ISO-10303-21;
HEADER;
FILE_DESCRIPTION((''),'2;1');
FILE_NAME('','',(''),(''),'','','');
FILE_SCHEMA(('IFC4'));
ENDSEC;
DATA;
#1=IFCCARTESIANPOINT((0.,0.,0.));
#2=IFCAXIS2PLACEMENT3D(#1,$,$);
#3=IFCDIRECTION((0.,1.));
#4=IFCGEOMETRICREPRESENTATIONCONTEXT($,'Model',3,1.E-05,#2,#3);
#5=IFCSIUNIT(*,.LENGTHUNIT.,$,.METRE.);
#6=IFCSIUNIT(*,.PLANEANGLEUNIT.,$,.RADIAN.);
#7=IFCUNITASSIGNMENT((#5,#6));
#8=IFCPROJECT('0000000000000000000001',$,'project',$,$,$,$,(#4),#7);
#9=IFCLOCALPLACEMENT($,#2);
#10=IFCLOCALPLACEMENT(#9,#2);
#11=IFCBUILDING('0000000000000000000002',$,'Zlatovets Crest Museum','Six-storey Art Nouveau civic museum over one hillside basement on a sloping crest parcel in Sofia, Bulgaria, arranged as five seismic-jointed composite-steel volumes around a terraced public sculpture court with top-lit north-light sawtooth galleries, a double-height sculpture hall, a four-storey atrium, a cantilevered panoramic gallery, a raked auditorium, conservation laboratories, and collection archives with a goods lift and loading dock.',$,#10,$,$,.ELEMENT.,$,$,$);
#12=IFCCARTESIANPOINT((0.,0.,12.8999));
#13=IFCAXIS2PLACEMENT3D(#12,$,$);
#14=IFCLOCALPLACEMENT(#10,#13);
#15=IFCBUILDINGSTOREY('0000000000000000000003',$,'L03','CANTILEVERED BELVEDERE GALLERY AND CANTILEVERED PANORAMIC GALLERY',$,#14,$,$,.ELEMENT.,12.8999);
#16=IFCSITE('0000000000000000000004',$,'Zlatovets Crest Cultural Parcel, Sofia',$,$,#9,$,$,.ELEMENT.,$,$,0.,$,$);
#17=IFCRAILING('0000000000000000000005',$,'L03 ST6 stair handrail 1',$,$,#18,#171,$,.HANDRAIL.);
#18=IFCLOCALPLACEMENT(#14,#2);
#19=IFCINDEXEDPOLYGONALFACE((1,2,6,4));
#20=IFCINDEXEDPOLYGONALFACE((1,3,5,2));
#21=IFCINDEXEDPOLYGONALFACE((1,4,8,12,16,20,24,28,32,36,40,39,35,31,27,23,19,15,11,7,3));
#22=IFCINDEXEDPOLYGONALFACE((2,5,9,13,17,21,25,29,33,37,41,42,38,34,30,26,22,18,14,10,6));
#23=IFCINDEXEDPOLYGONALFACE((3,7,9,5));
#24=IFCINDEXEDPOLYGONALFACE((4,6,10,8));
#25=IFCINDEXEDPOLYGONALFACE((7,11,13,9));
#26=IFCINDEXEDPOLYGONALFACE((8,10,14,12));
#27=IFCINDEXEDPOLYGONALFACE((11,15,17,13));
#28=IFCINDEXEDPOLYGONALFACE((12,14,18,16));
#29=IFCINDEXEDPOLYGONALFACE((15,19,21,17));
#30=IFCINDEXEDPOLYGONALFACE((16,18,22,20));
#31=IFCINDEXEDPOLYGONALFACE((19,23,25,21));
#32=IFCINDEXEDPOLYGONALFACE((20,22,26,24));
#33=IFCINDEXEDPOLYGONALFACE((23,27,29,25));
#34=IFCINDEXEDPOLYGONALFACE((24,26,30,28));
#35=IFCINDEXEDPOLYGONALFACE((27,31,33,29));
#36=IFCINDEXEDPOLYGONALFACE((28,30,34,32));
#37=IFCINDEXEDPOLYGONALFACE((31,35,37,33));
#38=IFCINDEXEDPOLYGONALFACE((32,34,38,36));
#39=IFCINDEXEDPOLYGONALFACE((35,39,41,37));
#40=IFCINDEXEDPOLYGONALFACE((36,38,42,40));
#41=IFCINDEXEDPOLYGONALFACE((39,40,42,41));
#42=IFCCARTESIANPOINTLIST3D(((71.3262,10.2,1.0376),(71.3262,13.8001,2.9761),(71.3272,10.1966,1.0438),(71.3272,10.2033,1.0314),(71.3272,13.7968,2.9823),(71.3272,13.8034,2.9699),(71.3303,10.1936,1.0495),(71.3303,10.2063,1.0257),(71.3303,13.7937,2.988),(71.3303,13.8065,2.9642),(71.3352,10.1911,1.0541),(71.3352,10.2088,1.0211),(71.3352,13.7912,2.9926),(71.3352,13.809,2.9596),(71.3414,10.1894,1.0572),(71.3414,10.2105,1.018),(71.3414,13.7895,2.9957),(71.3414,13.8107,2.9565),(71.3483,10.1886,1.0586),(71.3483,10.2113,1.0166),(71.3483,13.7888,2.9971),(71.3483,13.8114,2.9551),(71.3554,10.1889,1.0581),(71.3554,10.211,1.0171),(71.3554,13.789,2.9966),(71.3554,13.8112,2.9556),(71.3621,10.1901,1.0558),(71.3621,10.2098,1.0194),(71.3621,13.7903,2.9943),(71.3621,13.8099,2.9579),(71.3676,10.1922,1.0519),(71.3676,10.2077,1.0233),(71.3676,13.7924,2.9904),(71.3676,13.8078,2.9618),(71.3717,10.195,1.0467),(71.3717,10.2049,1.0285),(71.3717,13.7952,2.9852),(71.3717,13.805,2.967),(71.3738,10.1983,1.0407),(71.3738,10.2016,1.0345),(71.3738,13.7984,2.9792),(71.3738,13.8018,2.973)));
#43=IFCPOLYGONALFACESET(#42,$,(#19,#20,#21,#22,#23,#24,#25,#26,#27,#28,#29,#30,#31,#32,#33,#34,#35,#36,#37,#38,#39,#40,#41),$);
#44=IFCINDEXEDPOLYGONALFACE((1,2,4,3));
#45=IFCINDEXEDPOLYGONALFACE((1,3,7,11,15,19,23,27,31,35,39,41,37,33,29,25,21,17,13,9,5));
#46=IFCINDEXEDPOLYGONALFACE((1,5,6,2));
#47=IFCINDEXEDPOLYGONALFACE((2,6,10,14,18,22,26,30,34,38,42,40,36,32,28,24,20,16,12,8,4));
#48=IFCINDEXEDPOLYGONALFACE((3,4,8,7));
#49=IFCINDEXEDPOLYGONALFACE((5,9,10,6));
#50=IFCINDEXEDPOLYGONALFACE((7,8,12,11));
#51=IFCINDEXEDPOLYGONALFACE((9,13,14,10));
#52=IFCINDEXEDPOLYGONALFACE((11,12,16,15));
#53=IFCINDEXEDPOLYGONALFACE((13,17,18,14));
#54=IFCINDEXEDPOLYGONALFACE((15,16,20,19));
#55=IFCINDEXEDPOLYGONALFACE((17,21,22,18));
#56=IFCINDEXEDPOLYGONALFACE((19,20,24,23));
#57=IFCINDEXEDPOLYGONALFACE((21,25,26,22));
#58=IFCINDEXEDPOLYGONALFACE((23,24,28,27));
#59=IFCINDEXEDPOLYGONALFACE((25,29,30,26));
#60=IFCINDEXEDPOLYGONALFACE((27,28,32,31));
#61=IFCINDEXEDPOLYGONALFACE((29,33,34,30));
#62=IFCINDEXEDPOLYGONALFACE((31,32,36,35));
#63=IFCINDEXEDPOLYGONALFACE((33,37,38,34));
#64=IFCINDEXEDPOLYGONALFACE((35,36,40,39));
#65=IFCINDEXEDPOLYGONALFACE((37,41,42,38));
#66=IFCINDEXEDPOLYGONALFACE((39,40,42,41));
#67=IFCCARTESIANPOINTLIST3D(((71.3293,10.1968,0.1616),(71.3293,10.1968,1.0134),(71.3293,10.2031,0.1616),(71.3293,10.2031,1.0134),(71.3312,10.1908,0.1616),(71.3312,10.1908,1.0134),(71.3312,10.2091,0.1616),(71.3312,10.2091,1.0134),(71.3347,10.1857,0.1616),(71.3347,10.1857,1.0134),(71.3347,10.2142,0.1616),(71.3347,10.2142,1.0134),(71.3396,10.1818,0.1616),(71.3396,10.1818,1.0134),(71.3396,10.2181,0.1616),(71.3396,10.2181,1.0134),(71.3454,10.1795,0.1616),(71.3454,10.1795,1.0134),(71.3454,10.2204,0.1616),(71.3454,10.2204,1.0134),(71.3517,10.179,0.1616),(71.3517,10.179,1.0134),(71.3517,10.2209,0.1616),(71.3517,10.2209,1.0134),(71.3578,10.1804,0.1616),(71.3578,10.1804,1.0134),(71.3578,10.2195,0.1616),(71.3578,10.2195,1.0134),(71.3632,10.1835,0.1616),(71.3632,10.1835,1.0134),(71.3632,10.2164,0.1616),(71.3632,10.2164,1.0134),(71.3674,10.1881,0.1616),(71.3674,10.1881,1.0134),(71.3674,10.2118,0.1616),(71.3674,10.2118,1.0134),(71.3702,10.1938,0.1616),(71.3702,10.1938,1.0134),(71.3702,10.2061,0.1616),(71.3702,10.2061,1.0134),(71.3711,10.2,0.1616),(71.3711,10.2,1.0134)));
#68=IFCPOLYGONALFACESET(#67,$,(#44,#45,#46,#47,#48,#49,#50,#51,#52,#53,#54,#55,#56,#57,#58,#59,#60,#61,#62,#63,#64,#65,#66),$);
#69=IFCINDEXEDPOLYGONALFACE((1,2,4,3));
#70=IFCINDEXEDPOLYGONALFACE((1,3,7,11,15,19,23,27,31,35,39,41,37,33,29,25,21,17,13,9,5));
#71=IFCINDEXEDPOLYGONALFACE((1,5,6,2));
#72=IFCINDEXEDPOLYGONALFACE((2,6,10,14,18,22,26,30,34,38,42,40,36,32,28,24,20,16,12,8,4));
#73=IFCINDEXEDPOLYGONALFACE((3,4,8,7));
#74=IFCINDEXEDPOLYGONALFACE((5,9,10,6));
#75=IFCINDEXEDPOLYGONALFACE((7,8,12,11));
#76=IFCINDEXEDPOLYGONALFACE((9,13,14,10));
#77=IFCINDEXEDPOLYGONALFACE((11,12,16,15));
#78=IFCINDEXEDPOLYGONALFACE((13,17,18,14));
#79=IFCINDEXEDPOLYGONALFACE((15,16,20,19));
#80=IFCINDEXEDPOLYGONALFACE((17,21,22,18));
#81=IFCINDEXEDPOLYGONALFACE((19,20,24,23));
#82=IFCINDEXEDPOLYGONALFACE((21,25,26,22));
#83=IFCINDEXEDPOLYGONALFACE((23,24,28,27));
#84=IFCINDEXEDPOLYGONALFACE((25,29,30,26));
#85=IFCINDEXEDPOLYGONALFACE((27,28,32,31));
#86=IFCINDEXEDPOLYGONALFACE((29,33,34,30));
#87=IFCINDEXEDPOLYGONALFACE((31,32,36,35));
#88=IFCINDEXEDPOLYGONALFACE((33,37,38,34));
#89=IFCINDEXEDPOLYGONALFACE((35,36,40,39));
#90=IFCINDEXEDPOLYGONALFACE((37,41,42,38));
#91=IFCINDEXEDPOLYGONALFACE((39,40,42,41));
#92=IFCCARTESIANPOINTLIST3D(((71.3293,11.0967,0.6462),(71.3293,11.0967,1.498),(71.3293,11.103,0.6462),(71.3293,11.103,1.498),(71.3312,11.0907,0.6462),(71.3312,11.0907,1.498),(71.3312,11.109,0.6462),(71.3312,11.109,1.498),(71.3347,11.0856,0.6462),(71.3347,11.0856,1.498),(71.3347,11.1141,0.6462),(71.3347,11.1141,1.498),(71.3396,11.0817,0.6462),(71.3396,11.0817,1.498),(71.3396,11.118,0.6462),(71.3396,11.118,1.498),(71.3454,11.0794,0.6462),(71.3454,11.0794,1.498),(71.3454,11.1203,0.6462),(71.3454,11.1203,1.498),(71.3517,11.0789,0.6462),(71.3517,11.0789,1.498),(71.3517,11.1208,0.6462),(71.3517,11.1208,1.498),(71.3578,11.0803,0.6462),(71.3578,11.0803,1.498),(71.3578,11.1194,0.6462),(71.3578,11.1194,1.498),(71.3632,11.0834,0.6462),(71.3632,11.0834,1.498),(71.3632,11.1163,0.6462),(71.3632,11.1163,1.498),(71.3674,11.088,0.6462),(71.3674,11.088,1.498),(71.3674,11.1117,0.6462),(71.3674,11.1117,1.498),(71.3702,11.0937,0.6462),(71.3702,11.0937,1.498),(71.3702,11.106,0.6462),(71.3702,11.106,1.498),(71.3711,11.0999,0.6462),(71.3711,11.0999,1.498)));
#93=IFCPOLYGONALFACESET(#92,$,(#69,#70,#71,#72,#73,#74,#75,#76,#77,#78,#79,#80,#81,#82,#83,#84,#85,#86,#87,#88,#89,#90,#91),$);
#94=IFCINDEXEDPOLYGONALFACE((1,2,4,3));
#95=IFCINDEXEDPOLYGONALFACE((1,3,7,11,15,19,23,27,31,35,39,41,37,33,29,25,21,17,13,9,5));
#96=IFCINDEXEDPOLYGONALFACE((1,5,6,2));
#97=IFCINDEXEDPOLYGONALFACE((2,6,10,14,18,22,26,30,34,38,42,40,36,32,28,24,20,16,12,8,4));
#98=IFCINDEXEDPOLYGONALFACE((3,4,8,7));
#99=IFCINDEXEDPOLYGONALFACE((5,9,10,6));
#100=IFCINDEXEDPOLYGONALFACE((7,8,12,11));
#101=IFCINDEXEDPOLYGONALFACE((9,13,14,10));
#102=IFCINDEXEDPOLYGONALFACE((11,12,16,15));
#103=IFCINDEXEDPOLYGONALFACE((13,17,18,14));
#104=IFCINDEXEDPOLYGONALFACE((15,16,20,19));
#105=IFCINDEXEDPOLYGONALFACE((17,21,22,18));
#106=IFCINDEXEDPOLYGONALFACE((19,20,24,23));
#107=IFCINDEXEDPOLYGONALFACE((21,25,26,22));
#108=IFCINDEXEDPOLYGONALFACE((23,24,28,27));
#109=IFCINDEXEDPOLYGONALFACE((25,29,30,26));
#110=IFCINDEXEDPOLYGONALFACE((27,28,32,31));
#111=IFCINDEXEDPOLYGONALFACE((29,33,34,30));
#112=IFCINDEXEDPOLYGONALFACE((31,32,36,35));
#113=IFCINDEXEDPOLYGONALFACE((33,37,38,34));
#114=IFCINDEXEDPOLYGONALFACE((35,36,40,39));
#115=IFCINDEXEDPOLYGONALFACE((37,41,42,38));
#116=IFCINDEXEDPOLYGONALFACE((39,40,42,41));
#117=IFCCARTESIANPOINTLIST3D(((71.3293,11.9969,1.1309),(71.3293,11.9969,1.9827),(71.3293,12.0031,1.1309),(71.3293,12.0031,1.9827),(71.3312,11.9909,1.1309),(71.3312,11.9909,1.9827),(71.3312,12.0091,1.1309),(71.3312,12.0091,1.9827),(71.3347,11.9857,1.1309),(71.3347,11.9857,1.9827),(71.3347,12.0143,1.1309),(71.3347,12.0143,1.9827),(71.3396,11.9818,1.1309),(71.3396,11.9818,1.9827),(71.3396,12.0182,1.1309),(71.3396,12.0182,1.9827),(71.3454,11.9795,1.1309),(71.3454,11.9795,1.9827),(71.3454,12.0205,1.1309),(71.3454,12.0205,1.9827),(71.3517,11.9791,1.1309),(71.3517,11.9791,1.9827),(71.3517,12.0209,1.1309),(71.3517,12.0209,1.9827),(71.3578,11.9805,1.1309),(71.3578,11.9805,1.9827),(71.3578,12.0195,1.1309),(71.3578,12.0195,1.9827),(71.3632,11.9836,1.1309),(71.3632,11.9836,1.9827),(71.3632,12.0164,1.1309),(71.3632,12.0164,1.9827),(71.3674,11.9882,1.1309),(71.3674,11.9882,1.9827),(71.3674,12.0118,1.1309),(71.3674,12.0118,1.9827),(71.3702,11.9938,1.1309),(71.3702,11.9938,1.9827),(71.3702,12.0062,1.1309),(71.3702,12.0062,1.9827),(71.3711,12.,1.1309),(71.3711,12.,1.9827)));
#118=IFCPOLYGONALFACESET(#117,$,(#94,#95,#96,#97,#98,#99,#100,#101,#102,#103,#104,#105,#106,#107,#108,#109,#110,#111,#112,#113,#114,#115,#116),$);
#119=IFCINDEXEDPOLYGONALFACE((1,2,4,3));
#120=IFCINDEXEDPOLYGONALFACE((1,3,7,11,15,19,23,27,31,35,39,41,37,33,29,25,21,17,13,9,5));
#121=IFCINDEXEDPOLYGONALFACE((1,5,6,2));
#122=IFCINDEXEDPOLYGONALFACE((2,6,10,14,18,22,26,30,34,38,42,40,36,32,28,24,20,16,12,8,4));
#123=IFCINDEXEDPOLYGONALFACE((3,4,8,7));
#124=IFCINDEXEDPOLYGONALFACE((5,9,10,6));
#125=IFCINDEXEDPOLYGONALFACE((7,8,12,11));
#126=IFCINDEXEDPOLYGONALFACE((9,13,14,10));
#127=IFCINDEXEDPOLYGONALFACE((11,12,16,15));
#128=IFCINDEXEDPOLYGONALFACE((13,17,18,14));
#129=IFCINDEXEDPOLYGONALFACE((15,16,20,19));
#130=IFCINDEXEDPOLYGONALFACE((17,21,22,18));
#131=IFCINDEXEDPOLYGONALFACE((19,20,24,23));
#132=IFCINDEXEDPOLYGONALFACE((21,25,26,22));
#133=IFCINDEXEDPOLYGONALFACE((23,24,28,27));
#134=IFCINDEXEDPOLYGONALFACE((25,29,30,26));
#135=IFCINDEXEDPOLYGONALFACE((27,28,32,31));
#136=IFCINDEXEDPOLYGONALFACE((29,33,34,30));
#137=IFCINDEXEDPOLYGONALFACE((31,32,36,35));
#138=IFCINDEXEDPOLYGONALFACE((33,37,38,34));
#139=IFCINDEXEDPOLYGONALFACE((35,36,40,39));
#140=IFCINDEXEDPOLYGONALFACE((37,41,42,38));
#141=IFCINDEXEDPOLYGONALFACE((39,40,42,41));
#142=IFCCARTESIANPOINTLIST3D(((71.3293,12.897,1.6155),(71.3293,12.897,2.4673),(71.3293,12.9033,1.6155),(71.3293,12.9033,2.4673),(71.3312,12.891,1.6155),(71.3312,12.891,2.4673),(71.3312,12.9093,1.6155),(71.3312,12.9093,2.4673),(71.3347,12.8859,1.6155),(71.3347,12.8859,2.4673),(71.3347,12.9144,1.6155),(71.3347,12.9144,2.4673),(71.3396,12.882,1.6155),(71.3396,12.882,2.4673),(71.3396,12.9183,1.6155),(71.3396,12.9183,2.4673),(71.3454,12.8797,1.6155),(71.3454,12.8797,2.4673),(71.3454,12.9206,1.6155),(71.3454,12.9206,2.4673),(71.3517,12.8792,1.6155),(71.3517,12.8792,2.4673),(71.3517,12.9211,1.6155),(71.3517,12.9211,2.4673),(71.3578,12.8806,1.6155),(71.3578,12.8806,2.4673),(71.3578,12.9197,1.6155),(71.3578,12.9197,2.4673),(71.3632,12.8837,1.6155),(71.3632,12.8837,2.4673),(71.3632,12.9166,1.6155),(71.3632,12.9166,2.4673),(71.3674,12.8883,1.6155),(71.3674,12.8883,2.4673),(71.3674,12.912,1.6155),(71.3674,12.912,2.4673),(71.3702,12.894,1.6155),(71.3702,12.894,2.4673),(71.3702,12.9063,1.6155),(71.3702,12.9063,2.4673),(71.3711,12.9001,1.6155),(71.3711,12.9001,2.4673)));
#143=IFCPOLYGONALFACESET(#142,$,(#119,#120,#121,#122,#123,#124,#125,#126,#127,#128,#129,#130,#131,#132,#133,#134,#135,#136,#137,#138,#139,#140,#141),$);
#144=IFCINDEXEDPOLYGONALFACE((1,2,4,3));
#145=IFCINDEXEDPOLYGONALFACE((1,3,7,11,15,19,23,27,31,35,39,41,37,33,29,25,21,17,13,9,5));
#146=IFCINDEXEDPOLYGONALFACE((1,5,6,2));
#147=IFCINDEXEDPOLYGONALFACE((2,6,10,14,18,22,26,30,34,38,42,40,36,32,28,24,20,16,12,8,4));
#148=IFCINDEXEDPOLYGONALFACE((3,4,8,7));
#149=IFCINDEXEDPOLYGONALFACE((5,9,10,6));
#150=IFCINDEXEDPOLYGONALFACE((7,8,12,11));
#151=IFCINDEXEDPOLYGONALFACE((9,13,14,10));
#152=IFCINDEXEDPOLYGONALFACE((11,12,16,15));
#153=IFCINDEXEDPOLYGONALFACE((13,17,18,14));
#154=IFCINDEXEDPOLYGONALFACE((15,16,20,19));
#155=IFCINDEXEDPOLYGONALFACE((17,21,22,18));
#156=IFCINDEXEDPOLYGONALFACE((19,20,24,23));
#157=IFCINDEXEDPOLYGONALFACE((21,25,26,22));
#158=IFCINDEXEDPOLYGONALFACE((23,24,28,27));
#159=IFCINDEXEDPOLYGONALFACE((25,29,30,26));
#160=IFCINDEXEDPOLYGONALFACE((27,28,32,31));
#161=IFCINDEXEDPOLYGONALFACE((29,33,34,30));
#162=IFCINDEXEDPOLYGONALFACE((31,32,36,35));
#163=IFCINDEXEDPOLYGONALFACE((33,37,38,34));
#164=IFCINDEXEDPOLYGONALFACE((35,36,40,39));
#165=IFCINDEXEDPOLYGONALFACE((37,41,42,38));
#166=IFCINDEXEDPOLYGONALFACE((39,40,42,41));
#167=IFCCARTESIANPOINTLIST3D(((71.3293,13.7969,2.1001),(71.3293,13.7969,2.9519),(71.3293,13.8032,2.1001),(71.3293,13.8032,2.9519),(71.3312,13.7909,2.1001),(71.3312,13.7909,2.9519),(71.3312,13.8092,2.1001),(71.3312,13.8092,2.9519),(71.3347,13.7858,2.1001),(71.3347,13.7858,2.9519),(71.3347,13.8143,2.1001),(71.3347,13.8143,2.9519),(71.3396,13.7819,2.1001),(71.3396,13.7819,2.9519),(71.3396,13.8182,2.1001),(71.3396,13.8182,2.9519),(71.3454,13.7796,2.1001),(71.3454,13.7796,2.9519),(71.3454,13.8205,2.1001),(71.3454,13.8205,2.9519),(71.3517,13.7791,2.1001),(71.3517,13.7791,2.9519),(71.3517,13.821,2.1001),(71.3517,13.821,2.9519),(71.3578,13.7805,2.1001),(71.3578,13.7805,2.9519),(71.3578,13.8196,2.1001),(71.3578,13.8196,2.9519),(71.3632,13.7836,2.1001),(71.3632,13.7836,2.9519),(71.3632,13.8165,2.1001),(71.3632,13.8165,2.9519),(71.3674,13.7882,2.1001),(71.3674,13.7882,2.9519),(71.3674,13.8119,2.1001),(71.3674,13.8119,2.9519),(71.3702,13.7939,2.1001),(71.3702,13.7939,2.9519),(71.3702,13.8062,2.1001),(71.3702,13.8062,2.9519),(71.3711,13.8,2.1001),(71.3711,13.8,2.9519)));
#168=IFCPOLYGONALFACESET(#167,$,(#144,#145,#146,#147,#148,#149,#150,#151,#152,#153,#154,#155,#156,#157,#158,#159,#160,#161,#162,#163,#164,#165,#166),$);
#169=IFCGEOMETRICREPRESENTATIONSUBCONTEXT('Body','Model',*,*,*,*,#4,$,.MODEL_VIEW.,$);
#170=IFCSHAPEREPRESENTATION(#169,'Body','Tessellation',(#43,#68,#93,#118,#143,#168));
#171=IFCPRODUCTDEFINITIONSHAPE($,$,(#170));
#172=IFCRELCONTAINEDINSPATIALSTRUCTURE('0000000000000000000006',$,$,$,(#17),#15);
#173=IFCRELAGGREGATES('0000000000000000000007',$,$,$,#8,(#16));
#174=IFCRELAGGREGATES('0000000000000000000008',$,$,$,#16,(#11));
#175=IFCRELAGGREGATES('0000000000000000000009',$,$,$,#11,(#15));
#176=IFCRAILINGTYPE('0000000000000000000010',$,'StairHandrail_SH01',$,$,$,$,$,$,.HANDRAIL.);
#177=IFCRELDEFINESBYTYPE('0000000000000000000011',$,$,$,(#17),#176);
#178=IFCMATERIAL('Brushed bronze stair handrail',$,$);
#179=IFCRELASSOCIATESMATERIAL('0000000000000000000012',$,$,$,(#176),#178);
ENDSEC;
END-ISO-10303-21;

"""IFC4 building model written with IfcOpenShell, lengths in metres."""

from ifc_helpers import new_model, si_unit, direction, frame, origin, origin_2d, place, context, subcontext, project, spatial, circle, extrude, material, type_object, element, save


model = new_model("IFC4")

# Units and contexts
model_context = context("Model", 3, precision=1e-05, world=origin(), true_north=direction((0.0, 1.0)))
body_context = subcontext(model_context, "Body", "Model", "MODEL_VIEW")
ifc_project = project(units=[si_unit("LENGTHUNIT", "METRE"), si_unit("PLANEANGLEUNIT", "RADIAN")], contexts=[model_context])

# Site, building, storey
site_placement = place(None, origin())
site = spatial("IfcSite", under=ifc_project, at=site_placement, Name="Zlatovets Crest Cultural Parcel, Sofia", CompositionType="ELEMENT", RefElevation=0.0)
building_placement = place(site_placement, origin())
building = spatial("IfcBuilding", under=site, at=building_placement, Name="Zlatovets Crest Museum", Description="Six-storey Art Nouveau civic museum over one hillside basement on a sloping crest parcel in Sofia, Bulgaria, arranged as five seismic-jointed composite-steel volumes around a terraced public sculpture court with top-lit north-light sawtooth galleries, a double-height sculpture hall, a four-storey atrium, a cantilevered panoramic gallery, a raked auditorium, conservation laboratories, and collection archives with a goods lift and loading dock.", CompositionType="ELEMENT")
storey_placement = place(building_placement, frame((0.0, 0.0, 12.8999)))
storey = spatial("IfcBuildingStorey", under=building, at=storey_placement, Name="L03", Description="CANTILEVERED BELVEDERE GALLERY AND CANTILEVERED PANORAMIC GALLERY", CompositionType="ELEMENT", Elevation=12.8999)

# Railing
ifc_material_1 = material(Name="Brushed bronze stair handrail")
railing_type_1 = type_object("IfcRailingType", Name="StairHandrail_SH01", PredefinedType="HANDRAIL", material=ifc_material_1)
railing_1_placement = place(storey_placement, frame((71.3501, 10.2, 0.1616)))
element("IfcRailing", 1, at=railing_1_placement, inside=storey, type_object=railing_type_1, Name="L03 ST6 stair handrail 1", PredefinedType="HANDRAIL", context=body_context, shape_type="SweptSolid", body=[
    extrude(circle(Radius=0.0239, at=origin_2d()), frame((0.0, 0.0, 0.876), z_axis=(0.0, 0.880475, 0.474093), x_axis=(-1.0, 0.0, 0.0)), (0.0, 0.0, 1.0), 4.0889),
    extrude(circle(Radius=0.021, at=origin_2d()), origin(), (0.0, 0.0, 1.0), 0.8518),
    extrude(circle(Radius=0.021, at=origin_2d()), frame((0.0, 0.8999, 0.4846)), (0.0, 0.0, 1.0), 0.8518),
    extrude(circle(Radius=0.021, at=origin_2d()), frame((0.0, 1.8, 0.9692)), (0.0, 0.0, 1.0), 0.8518),
    extrude(circle(Radius=0.021, at=origin_2d()), frame((0.0, 2.7002, 1.4539)), (0.0, 0.0, 1.0), 0.8518),
    extrude(circle(Radius=0.021, at=origin_2d()), frame((0.0, 3.6001, 1.9385)), (0.0, 0.0, 1.0), 0.8518),
])

save(model, "model.ifc")
